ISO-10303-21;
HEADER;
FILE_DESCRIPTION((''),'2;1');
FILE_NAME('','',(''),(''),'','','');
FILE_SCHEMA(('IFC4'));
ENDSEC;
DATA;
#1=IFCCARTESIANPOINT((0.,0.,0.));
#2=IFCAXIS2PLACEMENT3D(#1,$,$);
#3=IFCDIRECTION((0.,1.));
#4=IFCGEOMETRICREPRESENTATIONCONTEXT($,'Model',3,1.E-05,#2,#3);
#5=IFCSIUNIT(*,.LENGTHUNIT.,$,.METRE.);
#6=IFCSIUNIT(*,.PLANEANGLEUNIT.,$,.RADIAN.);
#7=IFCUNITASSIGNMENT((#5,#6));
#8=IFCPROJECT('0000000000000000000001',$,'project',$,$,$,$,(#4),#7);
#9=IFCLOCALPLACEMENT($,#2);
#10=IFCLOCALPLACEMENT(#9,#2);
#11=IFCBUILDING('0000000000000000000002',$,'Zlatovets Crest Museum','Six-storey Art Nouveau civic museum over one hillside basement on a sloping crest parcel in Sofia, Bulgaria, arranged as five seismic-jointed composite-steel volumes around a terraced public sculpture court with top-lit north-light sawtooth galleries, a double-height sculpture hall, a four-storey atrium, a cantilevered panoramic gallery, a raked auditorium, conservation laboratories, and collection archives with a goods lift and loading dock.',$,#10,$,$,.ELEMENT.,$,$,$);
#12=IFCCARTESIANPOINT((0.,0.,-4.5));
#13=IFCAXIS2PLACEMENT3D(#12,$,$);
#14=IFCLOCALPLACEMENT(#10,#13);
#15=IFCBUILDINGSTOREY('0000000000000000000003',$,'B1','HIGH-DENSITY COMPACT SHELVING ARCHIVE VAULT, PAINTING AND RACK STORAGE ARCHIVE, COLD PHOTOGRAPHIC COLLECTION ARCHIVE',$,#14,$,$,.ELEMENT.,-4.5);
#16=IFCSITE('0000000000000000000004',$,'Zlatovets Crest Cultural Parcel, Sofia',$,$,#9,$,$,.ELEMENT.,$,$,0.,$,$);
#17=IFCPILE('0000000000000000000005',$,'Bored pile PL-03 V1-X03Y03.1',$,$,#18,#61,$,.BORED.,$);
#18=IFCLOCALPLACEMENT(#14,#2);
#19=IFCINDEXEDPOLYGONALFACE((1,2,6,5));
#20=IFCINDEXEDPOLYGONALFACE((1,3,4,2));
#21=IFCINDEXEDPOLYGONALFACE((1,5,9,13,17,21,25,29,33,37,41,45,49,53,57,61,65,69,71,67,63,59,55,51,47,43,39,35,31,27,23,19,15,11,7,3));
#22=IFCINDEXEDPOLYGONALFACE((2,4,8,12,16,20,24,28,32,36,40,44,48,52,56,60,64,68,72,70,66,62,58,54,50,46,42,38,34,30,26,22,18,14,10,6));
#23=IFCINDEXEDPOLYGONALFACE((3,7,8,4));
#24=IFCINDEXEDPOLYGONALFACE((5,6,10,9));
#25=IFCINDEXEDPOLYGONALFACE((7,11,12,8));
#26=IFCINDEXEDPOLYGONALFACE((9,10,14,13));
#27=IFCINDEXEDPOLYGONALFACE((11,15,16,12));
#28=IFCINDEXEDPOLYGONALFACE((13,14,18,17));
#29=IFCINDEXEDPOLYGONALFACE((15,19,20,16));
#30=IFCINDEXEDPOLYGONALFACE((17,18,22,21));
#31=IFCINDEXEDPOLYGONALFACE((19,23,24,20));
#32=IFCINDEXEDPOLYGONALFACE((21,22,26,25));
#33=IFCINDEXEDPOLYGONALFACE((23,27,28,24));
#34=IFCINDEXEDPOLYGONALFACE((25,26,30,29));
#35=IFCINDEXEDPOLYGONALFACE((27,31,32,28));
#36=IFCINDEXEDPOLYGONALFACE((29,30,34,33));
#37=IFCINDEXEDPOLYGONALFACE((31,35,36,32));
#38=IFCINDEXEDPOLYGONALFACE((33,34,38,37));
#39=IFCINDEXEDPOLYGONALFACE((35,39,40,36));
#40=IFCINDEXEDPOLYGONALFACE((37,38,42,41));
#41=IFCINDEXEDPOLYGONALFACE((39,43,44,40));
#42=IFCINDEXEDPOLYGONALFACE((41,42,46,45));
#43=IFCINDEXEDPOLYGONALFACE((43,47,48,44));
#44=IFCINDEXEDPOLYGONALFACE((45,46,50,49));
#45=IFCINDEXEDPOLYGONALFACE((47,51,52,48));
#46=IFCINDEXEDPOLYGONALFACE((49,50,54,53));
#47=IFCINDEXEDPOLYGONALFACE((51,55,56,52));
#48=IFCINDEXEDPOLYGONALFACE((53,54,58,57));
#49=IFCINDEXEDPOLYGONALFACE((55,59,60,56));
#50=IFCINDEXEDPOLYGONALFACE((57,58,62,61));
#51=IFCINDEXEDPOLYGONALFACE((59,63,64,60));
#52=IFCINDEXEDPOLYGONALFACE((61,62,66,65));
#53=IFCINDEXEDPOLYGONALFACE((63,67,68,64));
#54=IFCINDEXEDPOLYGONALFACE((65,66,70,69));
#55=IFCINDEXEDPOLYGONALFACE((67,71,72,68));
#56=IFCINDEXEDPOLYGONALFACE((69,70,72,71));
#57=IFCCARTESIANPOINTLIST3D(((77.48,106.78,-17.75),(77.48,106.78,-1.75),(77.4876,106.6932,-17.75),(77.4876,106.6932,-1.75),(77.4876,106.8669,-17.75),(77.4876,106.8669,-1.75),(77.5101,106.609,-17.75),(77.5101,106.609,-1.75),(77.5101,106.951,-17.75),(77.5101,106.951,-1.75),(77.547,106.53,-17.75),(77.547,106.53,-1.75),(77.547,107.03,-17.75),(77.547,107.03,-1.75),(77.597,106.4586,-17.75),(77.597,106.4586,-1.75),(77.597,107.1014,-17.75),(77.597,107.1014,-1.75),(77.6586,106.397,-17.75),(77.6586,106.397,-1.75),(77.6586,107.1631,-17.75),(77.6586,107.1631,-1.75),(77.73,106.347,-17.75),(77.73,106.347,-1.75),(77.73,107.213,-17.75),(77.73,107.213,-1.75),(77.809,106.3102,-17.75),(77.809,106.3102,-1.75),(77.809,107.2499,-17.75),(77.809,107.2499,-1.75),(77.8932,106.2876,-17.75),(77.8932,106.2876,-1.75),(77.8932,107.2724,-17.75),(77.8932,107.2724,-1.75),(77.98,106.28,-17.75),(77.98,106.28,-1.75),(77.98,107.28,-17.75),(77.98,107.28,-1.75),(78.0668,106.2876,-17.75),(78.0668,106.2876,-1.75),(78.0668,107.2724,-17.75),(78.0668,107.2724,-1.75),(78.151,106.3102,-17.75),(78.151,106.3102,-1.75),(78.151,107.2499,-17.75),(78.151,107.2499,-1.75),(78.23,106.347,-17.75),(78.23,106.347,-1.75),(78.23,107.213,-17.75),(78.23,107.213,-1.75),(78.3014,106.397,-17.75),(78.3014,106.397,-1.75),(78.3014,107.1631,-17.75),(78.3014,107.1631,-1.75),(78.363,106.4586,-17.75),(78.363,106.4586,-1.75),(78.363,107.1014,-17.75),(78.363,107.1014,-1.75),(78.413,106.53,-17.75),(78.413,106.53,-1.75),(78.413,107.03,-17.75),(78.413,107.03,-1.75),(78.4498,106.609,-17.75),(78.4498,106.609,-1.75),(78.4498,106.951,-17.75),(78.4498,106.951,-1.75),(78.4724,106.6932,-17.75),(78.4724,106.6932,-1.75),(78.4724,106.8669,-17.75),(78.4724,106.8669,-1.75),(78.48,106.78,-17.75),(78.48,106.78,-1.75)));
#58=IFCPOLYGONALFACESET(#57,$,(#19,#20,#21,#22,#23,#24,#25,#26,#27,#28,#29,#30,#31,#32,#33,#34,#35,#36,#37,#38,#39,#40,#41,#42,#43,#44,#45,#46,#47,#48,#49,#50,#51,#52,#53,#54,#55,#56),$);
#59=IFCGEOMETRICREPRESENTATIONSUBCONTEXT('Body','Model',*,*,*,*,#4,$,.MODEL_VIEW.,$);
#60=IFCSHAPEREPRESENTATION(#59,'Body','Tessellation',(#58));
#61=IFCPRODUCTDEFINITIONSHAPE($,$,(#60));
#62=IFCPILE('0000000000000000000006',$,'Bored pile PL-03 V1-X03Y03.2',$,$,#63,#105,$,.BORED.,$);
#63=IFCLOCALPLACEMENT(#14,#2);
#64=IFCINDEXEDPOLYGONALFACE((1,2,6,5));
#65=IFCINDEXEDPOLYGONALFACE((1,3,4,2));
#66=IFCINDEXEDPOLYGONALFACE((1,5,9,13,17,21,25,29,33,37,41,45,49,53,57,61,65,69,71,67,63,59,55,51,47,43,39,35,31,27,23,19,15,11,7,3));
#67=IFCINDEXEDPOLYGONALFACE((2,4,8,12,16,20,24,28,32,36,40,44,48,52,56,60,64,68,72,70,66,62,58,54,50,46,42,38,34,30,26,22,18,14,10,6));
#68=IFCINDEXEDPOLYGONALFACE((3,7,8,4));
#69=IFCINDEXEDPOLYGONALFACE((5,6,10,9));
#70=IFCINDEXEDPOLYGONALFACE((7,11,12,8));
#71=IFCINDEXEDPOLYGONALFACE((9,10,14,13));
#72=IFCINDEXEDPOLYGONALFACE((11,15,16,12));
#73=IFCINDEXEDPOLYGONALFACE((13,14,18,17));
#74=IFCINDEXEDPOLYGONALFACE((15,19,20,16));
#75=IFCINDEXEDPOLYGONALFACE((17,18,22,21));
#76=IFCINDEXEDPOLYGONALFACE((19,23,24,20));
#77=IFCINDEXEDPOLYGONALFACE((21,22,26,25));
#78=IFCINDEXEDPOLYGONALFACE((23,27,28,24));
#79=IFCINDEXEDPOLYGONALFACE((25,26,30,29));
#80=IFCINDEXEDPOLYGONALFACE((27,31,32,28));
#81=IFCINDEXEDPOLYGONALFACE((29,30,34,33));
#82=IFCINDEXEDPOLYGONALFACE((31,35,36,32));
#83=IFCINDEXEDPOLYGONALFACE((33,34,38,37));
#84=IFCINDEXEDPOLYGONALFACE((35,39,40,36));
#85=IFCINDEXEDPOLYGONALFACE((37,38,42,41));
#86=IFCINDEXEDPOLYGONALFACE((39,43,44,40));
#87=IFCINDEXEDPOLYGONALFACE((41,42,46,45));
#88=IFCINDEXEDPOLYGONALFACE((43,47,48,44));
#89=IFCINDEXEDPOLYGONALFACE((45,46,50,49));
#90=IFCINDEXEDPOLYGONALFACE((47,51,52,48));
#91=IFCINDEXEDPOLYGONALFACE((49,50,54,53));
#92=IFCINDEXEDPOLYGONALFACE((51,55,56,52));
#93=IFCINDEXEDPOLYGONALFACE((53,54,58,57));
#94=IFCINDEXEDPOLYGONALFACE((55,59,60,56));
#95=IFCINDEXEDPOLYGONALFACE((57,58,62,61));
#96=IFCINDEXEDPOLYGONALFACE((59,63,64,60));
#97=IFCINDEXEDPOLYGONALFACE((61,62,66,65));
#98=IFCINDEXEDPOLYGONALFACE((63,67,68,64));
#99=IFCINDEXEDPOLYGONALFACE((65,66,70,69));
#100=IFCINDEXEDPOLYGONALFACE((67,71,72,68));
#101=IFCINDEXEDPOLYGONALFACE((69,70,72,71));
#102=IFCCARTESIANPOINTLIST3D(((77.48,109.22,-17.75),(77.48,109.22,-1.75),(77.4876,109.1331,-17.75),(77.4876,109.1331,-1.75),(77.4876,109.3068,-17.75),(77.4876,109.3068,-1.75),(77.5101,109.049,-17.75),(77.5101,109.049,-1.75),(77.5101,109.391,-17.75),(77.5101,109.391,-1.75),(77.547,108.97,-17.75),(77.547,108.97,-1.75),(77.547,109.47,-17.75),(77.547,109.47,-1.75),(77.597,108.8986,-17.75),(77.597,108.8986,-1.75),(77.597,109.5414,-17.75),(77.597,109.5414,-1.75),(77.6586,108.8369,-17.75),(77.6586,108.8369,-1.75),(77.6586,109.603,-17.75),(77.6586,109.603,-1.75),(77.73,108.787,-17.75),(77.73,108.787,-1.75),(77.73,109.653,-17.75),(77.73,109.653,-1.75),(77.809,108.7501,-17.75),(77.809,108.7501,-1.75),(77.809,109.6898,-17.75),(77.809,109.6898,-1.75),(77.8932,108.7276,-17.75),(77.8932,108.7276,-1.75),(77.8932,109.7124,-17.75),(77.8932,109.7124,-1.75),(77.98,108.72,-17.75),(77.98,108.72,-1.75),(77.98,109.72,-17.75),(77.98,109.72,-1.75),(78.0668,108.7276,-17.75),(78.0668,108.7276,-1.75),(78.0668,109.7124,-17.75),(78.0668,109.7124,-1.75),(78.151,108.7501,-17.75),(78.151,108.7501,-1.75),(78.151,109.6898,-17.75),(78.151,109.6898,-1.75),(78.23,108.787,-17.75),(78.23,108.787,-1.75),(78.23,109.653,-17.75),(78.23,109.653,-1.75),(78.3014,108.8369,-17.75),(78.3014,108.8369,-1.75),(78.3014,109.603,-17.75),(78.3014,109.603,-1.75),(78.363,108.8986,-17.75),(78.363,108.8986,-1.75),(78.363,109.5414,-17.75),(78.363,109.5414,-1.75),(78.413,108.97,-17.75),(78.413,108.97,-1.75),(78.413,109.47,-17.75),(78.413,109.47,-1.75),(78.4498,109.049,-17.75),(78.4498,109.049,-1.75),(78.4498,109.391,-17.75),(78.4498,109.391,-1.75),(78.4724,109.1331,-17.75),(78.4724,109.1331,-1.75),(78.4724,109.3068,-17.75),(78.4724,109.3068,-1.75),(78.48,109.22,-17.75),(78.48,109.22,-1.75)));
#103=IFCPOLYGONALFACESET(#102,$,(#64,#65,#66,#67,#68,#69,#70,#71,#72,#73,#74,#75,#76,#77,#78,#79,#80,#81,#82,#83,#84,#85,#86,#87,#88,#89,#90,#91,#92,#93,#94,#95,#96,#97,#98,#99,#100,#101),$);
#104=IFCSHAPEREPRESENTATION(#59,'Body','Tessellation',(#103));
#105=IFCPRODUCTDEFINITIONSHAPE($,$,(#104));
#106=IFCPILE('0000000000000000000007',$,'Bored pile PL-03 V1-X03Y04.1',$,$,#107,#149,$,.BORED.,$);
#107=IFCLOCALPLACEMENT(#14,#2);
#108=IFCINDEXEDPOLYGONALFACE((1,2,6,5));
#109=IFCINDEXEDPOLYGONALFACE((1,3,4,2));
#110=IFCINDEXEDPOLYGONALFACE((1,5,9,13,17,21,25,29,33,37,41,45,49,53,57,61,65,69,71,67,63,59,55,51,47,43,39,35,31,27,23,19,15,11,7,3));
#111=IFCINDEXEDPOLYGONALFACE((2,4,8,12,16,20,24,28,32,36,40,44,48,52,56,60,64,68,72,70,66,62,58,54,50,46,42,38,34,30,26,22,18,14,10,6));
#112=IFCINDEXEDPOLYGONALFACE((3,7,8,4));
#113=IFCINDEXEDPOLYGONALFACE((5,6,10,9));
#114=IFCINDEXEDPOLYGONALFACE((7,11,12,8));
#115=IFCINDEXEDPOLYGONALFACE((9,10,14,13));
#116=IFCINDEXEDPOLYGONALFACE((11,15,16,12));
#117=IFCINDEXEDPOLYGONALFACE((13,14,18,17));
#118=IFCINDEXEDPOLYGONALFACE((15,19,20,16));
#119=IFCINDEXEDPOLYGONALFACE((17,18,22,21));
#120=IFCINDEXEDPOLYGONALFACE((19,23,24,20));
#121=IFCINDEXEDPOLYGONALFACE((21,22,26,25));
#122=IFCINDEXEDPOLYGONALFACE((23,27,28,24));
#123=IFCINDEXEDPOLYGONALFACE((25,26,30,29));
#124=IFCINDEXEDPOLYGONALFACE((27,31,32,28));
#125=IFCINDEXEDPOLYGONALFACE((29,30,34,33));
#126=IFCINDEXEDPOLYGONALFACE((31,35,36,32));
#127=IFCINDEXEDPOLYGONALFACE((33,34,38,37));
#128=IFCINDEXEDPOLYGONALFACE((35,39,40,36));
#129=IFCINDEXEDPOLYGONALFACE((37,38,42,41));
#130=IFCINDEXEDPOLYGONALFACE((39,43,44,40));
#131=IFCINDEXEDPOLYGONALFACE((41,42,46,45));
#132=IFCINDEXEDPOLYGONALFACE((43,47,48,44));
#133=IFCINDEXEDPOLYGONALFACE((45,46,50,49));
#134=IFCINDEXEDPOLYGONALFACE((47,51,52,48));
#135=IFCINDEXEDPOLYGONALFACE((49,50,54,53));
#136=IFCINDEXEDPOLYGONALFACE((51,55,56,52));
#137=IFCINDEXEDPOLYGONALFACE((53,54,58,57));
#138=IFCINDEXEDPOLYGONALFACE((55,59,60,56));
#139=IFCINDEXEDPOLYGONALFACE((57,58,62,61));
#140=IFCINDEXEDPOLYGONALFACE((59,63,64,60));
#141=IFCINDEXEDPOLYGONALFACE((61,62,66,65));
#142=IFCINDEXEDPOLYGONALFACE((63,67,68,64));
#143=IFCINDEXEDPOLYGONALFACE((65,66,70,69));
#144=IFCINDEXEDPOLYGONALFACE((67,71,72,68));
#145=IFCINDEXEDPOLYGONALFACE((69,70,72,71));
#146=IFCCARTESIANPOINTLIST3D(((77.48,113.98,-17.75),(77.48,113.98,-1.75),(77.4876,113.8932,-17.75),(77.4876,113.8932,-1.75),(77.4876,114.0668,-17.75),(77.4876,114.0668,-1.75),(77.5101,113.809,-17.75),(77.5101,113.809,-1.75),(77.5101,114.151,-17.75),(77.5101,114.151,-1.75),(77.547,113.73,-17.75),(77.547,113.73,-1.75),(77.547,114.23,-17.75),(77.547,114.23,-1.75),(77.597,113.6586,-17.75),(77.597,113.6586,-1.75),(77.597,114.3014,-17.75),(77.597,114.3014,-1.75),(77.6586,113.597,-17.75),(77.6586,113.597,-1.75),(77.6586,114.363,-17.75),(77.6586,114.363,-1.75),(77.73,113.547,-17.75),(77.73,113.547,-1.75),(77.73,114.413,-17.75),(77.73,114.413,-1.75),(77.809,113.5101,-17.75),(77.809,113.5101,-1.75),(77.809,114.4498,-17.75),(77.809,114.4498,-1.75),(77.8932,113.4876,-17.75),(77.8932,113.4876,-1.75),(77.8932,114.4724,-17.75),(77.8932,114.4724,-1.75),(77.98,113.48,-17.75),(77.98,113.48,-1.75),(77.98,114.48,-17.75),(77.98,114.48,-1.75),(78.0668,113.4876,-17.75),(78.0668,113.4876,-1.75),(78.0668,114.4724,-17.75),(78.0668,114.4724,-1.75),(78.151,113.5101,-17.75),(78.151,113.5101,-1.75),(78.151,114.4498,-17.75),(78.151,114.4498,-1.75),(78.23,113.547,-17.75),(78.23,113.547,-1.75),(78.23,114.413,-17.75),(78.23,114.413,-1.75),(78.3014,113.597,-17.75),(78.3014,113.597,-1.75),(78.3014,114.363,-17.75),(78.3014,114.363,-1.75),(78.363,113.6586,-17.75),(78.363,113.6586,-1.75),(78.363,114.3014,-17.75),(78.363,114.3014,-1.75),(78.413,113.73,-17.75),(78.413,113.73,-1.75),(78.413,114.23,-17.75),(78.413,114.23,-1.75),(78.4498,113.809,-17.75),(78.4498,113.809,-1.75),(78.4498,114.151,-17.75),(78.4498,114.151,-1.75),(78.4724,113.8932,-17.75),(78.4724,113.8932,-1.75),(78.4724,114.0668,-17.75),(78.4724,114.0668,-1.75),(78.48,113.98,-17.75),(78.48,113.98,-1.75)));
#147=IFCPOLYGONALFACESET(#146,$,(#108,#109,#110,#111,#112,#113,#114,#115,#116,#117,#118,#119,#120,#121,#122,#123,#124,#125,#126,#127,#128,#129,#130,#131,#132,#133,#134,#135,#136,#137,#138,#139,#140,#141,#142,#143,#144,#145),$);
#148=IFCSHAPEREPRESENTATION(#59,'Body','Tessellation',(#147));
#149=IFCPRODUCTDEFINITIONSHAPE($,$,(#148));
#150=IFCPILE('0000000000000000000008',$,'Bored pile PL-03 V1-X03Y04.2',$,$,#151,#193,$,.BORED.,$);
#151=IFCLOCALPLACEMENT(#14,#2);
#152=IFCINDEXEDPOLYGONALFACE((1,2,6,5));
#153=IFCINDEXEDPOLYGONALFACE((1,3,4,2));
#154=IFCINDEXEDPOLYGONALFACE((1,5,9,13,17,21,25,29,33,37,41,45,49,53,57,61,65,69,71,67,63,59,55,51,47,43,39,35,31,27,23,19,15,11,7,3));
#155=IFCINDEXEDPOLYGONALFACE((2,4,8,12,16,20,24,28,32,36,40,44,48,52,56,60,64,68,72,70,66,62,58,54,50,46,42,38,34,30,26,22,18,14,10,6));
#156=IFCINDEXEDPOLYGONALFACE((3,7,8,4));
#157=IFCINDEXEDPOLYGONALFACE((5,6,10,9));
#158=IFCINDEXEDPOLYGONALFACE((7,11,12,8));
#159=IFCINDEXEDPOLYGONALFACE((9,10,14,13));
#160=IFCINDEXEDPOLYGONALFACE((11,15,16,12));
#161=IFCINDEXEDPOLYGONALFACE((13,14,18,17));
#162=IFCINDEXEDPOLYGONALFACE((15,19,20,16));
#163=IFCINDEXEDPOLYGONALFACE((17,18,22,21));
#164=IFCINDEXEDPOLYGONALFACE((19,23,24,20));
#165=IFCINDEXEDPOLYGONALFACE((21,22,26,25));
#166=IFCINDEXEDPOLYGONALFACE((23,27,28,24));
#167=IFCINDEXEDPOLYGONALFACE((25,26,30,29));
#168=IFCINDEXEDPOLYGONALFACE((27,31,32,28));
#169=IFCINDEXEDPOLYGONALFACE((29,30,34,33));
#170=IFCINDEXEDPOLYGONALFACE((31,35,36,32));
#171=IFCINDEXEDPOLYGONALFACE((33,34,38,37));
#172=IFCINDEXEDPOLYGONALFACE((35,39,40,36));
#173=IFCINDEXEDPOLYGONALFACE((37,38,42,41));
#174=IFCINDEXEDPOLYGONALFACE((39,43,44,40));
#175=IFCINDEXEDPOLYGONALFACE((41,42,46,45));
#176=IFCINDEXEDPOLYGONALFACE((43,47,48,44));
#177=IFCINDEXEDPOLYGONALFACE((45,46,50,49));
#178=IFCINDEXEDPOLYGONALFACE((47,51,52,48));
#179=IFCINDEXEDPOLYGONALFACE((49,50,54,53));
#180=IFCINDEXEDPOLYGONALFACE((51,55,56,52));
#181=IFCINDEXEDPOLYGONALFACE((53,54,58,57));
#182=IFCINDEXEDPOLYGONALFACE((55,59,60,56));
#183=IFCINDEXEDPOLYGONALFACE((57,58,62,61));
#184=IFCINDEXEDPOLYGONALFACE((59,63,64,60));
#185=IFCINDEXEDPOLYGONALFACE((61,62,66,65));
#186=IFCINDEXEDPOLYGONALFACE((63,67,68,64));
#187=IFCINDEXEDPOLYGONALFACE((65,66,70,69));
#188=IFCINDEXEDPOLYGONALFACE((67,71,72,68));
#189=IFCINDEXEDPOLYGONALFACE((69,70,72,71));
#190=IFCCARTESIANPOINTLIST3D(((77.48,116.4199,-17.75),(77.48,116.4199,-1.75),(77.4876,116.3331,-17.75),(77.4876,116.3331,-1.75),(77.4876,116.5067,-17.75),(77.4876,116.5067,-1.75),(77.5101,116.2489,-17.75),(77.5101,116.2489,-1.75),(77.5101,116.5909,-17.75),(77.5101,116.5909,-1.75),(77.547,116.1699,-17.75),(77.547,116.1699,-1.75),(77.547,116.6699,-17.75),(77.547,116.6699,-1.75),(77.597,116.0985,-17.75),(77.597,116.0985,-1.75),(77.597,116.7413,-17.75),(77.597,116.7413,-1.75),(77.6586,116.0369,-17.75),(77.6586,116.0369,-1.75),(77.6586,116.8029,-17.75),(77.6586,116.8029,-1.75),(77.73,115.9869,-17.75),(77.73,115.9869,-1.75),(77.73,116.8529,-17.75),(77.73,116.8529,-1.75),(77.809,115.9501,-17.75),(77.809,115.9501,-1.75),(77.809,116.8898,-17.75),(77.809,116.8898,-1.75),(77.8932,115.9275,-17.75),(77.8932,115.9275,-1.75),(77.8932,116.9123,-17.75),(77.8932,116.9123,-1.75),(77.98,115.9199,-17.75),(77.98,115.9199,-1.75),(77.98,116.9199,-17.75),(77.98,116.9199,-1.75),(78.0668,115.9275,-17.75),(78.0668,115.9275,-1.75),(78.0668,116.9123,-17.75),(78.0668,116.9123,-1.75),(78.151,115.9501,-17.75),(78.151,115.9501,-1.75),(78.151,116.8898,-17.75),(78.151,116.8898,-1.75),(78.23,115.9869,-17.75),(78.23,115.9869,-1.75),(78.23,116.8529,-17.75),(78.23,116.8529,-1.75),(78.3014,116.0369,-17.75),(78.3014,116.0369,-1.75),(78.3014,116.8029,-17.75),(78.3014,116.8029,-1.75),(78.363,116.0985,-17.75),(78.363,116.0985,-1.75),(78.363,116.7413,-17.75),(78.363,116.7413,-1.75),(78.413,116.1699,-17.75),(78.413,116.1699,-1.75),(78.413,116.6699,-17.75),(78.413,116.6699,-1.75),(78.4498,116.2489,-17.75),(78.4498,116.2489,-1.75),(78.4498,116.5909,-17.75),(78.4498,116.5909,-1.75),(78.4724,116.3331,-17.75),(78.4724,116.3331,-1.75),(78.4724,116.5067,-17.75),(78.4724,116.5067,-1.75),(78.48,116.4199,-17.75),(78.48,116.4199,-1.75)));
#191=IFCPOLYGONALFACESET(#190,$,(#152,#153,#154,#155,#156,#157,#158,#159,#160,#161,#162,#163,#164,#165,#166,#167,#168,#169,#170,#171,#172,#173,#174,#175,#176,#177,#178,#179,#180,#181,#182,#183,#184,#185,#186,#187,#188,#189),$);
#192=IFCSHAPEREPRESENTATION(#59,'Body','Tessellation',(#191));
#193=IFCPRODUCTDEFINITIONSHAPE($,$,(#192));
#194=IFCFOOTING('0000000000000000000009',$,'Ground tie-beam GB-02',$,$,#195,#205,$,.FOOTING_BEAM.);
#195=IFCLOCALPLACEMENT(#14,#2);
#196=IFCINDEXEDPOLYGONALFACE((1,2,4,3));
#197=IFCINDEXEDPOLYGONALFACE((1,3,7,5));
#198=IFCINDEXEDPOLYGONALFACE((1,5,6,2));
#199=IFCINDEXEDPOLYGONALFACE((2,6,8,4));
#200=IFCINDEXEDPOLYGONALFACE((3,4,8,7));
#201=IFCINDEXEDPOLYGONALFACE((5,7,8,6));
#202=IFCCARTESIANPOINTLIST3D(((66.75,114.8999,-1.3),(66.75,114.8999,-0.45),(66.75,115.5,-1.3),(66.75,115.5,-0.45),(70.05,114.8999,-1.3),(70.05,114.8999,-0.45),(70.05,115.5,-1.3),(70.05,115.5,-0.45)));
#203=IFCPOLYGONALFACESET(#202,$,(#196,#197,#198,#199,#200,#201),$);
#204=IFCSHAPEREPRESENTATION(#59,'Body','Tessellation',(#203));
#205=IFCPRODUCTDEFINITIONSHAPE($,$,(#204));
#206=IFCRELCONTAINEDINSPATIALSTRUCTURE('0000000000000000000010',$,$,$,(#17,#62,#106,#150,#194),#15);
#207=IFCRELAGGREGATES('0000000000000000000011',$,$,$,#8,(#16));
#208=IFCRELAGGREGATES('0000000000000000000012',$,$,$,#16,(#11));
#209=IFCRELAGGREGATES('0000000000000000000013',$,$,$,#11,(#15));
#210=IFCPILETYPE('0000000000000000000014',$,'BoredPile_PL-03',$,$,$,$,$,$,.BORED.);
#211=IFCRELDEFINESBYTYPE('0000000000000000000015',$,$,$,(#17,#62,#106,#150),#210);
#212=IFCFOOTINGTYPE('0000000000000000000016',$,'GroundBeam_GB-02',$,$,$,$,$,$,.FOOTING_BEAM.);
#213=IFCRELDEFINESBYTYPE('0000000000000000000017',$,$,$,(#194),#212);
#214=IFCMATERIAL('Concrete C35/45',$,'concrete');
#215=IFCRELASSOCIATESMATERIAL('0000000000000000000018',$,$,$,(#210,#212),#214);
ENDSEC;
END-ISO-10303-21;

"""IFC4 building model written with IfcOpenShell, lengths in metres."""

from ifc_helpers import new_model, si_unit, direction, frame, origin, origin_2d, place, context, subcontext, project, spatial, rectangle, circle, extrude, material, material_profile, profile_set, type_object, element, save


model = new_model("IFC4")

# Units and contexts
model_context = context("Model", 3, precision=1e-05, world=origin(), true_north=direction((0.0, 1.0)))
body_context = subcontext(model_context, "Body", "Model", "MODEL_VIEW")
ifc_project = project(units=[si_unit("LENGTHUNIT", "METRE"), si_unit("PLANEANGLEUNIT", "RADIAN")], contexts=[model_context])

# Site, building, storey
site_placement = place(None, origin())
site = spatial("IfcSite", under=ifc_project, at=site_placement, Name="Zlatovets Crest Cultural Parcel, Sofia", CompositionType="ELEMENT", RefElevation=0.0)
building_placement = place(site_placement, origin())
building = spatial("IfcBuilding", under=site, at=building_placement, Name="Zlatovets Crest Museum", Description="Six-storey Art Nouveau civic museum over one hillside basement on a sloping crest parcel in Sofia, Bulgaria, arranged as five seismic-jointed composite-steel volumes around a terraced public sculpture court with top-lit north-light sawtooth galleries, a double-height sculpture hall, a four-storey atrium, a cantilevered panoramic gallery, a raked auditorium, conservation laboratories, and collection archives with a goods lift and loading dock.", CompositionType="ELEMENT")
storey_placement = place(building_placement, frame((0.0, 0.0, -4.5)))
storey = spatial("IfcBuildingStorey", under=building, at=storey_placement, Name="B1", Description="HIGH-DENSITY COMPACT SHELVING ARCHIVE VAULT, PAINTING AND RACK STORAGE ARCHIVE, COLD PHOTOGRAPHIC COLLECTION ARCHIVE", CompositionType="ELEMENT", Elevation=-4.5)

# Piles
ifc_material = material(Name="Concrete C35/45", Category="concrete")
ifc_material_profile_1 = material_profile(ifc_material, circle(Radius=0.5, at=origin_2d()), Name="PILE D1000")
ifc_profile_set_1 = profile_set([ifc_material_profile_1], Name="Concrete C35/45")
pile_type = type_object("IfcPileType", Name="BoredPile_PL-03", PredefinedType="BORED", material=ifc_profile_set_1)
for number, where, z_axis, x_axis, name in (
    (1, (77.98, 106.78, -1.75), (0.0, 0.0, -1.0), (1.0, 0.0, 0.0), "Bored pile PL-03 V1-X03Y03.1"),
    (2, (77.98, 109.22, -1.75), (0.0, 0.0, -1.0), (1.0, 0.0, 0.0), "Bored pile PL-03 V1-X03Y03.2"),
    (3, (77.98, 113.98, -1.75), (0.0, 0.0, -1.0), (1.0, 0.0, 0.0), "Bored pile PL-03 V1-X03Y04.1"),
    (4, (77.98, 116.4199, -1.75), (0.0, 0.0, -1.0), (1.0, 0.0, 0.0), "Bored pile PL-03 V1-X03Y04.2"),
):
    element("IfcPile", number, at=place(storey_placement, frame(where, z_axis=z_axis, x_axis=x_axis)), inside=storey, type_object=pile_type, Name=name, PredefinedType="BORED", context=body_context, shape_type="SweptSolid", body=[
        extrude(circle(Radius=0.5, at=origin_2d()), origin(), (0.0, 0.0, 1.0), 16.0),
    ])

# Footing
ifc_material_profile_2 = material_profile(ifc_material, rectangle(XDim=0.6001, YDim=0.8501, at=origin_2d()), Name="RC 600x850")
ifc_profile_set_2 = profile_set([ifc_material_profile_2], Name="Concrete C35/45")
footing_type_1 = type_object("IfcFootingType", Name="GroundBeam_GB-02", PredefinedType="FOOTING_BEAM", material=ifc_profile_set_2)
for number, where, z_axis, x_axis, name in (
    (5, (66.75, 115.2, -0.875), (1.0, 0.0, 0.0), (0.0, 1.0, 0.0), "Ground tie-beam GB-02"),
):
    element("IfcFooting", number, at=place(storey_placement, frame(where, z_axis=z_axis, x_axis=x_axis)), inside=storey, type_object=footing_type_1, Name=name, PredefinedType="FOOTING_BEAM", context=body_context, shape_type="SweptSolid", body=[
        extrude(rectangle(XDim=0.6001, YDim=0.8501, at=origin_2d()), origin(), (0.0, 0.0, 1.0), 3.3),
    ])

save(model, "model.ifc")
